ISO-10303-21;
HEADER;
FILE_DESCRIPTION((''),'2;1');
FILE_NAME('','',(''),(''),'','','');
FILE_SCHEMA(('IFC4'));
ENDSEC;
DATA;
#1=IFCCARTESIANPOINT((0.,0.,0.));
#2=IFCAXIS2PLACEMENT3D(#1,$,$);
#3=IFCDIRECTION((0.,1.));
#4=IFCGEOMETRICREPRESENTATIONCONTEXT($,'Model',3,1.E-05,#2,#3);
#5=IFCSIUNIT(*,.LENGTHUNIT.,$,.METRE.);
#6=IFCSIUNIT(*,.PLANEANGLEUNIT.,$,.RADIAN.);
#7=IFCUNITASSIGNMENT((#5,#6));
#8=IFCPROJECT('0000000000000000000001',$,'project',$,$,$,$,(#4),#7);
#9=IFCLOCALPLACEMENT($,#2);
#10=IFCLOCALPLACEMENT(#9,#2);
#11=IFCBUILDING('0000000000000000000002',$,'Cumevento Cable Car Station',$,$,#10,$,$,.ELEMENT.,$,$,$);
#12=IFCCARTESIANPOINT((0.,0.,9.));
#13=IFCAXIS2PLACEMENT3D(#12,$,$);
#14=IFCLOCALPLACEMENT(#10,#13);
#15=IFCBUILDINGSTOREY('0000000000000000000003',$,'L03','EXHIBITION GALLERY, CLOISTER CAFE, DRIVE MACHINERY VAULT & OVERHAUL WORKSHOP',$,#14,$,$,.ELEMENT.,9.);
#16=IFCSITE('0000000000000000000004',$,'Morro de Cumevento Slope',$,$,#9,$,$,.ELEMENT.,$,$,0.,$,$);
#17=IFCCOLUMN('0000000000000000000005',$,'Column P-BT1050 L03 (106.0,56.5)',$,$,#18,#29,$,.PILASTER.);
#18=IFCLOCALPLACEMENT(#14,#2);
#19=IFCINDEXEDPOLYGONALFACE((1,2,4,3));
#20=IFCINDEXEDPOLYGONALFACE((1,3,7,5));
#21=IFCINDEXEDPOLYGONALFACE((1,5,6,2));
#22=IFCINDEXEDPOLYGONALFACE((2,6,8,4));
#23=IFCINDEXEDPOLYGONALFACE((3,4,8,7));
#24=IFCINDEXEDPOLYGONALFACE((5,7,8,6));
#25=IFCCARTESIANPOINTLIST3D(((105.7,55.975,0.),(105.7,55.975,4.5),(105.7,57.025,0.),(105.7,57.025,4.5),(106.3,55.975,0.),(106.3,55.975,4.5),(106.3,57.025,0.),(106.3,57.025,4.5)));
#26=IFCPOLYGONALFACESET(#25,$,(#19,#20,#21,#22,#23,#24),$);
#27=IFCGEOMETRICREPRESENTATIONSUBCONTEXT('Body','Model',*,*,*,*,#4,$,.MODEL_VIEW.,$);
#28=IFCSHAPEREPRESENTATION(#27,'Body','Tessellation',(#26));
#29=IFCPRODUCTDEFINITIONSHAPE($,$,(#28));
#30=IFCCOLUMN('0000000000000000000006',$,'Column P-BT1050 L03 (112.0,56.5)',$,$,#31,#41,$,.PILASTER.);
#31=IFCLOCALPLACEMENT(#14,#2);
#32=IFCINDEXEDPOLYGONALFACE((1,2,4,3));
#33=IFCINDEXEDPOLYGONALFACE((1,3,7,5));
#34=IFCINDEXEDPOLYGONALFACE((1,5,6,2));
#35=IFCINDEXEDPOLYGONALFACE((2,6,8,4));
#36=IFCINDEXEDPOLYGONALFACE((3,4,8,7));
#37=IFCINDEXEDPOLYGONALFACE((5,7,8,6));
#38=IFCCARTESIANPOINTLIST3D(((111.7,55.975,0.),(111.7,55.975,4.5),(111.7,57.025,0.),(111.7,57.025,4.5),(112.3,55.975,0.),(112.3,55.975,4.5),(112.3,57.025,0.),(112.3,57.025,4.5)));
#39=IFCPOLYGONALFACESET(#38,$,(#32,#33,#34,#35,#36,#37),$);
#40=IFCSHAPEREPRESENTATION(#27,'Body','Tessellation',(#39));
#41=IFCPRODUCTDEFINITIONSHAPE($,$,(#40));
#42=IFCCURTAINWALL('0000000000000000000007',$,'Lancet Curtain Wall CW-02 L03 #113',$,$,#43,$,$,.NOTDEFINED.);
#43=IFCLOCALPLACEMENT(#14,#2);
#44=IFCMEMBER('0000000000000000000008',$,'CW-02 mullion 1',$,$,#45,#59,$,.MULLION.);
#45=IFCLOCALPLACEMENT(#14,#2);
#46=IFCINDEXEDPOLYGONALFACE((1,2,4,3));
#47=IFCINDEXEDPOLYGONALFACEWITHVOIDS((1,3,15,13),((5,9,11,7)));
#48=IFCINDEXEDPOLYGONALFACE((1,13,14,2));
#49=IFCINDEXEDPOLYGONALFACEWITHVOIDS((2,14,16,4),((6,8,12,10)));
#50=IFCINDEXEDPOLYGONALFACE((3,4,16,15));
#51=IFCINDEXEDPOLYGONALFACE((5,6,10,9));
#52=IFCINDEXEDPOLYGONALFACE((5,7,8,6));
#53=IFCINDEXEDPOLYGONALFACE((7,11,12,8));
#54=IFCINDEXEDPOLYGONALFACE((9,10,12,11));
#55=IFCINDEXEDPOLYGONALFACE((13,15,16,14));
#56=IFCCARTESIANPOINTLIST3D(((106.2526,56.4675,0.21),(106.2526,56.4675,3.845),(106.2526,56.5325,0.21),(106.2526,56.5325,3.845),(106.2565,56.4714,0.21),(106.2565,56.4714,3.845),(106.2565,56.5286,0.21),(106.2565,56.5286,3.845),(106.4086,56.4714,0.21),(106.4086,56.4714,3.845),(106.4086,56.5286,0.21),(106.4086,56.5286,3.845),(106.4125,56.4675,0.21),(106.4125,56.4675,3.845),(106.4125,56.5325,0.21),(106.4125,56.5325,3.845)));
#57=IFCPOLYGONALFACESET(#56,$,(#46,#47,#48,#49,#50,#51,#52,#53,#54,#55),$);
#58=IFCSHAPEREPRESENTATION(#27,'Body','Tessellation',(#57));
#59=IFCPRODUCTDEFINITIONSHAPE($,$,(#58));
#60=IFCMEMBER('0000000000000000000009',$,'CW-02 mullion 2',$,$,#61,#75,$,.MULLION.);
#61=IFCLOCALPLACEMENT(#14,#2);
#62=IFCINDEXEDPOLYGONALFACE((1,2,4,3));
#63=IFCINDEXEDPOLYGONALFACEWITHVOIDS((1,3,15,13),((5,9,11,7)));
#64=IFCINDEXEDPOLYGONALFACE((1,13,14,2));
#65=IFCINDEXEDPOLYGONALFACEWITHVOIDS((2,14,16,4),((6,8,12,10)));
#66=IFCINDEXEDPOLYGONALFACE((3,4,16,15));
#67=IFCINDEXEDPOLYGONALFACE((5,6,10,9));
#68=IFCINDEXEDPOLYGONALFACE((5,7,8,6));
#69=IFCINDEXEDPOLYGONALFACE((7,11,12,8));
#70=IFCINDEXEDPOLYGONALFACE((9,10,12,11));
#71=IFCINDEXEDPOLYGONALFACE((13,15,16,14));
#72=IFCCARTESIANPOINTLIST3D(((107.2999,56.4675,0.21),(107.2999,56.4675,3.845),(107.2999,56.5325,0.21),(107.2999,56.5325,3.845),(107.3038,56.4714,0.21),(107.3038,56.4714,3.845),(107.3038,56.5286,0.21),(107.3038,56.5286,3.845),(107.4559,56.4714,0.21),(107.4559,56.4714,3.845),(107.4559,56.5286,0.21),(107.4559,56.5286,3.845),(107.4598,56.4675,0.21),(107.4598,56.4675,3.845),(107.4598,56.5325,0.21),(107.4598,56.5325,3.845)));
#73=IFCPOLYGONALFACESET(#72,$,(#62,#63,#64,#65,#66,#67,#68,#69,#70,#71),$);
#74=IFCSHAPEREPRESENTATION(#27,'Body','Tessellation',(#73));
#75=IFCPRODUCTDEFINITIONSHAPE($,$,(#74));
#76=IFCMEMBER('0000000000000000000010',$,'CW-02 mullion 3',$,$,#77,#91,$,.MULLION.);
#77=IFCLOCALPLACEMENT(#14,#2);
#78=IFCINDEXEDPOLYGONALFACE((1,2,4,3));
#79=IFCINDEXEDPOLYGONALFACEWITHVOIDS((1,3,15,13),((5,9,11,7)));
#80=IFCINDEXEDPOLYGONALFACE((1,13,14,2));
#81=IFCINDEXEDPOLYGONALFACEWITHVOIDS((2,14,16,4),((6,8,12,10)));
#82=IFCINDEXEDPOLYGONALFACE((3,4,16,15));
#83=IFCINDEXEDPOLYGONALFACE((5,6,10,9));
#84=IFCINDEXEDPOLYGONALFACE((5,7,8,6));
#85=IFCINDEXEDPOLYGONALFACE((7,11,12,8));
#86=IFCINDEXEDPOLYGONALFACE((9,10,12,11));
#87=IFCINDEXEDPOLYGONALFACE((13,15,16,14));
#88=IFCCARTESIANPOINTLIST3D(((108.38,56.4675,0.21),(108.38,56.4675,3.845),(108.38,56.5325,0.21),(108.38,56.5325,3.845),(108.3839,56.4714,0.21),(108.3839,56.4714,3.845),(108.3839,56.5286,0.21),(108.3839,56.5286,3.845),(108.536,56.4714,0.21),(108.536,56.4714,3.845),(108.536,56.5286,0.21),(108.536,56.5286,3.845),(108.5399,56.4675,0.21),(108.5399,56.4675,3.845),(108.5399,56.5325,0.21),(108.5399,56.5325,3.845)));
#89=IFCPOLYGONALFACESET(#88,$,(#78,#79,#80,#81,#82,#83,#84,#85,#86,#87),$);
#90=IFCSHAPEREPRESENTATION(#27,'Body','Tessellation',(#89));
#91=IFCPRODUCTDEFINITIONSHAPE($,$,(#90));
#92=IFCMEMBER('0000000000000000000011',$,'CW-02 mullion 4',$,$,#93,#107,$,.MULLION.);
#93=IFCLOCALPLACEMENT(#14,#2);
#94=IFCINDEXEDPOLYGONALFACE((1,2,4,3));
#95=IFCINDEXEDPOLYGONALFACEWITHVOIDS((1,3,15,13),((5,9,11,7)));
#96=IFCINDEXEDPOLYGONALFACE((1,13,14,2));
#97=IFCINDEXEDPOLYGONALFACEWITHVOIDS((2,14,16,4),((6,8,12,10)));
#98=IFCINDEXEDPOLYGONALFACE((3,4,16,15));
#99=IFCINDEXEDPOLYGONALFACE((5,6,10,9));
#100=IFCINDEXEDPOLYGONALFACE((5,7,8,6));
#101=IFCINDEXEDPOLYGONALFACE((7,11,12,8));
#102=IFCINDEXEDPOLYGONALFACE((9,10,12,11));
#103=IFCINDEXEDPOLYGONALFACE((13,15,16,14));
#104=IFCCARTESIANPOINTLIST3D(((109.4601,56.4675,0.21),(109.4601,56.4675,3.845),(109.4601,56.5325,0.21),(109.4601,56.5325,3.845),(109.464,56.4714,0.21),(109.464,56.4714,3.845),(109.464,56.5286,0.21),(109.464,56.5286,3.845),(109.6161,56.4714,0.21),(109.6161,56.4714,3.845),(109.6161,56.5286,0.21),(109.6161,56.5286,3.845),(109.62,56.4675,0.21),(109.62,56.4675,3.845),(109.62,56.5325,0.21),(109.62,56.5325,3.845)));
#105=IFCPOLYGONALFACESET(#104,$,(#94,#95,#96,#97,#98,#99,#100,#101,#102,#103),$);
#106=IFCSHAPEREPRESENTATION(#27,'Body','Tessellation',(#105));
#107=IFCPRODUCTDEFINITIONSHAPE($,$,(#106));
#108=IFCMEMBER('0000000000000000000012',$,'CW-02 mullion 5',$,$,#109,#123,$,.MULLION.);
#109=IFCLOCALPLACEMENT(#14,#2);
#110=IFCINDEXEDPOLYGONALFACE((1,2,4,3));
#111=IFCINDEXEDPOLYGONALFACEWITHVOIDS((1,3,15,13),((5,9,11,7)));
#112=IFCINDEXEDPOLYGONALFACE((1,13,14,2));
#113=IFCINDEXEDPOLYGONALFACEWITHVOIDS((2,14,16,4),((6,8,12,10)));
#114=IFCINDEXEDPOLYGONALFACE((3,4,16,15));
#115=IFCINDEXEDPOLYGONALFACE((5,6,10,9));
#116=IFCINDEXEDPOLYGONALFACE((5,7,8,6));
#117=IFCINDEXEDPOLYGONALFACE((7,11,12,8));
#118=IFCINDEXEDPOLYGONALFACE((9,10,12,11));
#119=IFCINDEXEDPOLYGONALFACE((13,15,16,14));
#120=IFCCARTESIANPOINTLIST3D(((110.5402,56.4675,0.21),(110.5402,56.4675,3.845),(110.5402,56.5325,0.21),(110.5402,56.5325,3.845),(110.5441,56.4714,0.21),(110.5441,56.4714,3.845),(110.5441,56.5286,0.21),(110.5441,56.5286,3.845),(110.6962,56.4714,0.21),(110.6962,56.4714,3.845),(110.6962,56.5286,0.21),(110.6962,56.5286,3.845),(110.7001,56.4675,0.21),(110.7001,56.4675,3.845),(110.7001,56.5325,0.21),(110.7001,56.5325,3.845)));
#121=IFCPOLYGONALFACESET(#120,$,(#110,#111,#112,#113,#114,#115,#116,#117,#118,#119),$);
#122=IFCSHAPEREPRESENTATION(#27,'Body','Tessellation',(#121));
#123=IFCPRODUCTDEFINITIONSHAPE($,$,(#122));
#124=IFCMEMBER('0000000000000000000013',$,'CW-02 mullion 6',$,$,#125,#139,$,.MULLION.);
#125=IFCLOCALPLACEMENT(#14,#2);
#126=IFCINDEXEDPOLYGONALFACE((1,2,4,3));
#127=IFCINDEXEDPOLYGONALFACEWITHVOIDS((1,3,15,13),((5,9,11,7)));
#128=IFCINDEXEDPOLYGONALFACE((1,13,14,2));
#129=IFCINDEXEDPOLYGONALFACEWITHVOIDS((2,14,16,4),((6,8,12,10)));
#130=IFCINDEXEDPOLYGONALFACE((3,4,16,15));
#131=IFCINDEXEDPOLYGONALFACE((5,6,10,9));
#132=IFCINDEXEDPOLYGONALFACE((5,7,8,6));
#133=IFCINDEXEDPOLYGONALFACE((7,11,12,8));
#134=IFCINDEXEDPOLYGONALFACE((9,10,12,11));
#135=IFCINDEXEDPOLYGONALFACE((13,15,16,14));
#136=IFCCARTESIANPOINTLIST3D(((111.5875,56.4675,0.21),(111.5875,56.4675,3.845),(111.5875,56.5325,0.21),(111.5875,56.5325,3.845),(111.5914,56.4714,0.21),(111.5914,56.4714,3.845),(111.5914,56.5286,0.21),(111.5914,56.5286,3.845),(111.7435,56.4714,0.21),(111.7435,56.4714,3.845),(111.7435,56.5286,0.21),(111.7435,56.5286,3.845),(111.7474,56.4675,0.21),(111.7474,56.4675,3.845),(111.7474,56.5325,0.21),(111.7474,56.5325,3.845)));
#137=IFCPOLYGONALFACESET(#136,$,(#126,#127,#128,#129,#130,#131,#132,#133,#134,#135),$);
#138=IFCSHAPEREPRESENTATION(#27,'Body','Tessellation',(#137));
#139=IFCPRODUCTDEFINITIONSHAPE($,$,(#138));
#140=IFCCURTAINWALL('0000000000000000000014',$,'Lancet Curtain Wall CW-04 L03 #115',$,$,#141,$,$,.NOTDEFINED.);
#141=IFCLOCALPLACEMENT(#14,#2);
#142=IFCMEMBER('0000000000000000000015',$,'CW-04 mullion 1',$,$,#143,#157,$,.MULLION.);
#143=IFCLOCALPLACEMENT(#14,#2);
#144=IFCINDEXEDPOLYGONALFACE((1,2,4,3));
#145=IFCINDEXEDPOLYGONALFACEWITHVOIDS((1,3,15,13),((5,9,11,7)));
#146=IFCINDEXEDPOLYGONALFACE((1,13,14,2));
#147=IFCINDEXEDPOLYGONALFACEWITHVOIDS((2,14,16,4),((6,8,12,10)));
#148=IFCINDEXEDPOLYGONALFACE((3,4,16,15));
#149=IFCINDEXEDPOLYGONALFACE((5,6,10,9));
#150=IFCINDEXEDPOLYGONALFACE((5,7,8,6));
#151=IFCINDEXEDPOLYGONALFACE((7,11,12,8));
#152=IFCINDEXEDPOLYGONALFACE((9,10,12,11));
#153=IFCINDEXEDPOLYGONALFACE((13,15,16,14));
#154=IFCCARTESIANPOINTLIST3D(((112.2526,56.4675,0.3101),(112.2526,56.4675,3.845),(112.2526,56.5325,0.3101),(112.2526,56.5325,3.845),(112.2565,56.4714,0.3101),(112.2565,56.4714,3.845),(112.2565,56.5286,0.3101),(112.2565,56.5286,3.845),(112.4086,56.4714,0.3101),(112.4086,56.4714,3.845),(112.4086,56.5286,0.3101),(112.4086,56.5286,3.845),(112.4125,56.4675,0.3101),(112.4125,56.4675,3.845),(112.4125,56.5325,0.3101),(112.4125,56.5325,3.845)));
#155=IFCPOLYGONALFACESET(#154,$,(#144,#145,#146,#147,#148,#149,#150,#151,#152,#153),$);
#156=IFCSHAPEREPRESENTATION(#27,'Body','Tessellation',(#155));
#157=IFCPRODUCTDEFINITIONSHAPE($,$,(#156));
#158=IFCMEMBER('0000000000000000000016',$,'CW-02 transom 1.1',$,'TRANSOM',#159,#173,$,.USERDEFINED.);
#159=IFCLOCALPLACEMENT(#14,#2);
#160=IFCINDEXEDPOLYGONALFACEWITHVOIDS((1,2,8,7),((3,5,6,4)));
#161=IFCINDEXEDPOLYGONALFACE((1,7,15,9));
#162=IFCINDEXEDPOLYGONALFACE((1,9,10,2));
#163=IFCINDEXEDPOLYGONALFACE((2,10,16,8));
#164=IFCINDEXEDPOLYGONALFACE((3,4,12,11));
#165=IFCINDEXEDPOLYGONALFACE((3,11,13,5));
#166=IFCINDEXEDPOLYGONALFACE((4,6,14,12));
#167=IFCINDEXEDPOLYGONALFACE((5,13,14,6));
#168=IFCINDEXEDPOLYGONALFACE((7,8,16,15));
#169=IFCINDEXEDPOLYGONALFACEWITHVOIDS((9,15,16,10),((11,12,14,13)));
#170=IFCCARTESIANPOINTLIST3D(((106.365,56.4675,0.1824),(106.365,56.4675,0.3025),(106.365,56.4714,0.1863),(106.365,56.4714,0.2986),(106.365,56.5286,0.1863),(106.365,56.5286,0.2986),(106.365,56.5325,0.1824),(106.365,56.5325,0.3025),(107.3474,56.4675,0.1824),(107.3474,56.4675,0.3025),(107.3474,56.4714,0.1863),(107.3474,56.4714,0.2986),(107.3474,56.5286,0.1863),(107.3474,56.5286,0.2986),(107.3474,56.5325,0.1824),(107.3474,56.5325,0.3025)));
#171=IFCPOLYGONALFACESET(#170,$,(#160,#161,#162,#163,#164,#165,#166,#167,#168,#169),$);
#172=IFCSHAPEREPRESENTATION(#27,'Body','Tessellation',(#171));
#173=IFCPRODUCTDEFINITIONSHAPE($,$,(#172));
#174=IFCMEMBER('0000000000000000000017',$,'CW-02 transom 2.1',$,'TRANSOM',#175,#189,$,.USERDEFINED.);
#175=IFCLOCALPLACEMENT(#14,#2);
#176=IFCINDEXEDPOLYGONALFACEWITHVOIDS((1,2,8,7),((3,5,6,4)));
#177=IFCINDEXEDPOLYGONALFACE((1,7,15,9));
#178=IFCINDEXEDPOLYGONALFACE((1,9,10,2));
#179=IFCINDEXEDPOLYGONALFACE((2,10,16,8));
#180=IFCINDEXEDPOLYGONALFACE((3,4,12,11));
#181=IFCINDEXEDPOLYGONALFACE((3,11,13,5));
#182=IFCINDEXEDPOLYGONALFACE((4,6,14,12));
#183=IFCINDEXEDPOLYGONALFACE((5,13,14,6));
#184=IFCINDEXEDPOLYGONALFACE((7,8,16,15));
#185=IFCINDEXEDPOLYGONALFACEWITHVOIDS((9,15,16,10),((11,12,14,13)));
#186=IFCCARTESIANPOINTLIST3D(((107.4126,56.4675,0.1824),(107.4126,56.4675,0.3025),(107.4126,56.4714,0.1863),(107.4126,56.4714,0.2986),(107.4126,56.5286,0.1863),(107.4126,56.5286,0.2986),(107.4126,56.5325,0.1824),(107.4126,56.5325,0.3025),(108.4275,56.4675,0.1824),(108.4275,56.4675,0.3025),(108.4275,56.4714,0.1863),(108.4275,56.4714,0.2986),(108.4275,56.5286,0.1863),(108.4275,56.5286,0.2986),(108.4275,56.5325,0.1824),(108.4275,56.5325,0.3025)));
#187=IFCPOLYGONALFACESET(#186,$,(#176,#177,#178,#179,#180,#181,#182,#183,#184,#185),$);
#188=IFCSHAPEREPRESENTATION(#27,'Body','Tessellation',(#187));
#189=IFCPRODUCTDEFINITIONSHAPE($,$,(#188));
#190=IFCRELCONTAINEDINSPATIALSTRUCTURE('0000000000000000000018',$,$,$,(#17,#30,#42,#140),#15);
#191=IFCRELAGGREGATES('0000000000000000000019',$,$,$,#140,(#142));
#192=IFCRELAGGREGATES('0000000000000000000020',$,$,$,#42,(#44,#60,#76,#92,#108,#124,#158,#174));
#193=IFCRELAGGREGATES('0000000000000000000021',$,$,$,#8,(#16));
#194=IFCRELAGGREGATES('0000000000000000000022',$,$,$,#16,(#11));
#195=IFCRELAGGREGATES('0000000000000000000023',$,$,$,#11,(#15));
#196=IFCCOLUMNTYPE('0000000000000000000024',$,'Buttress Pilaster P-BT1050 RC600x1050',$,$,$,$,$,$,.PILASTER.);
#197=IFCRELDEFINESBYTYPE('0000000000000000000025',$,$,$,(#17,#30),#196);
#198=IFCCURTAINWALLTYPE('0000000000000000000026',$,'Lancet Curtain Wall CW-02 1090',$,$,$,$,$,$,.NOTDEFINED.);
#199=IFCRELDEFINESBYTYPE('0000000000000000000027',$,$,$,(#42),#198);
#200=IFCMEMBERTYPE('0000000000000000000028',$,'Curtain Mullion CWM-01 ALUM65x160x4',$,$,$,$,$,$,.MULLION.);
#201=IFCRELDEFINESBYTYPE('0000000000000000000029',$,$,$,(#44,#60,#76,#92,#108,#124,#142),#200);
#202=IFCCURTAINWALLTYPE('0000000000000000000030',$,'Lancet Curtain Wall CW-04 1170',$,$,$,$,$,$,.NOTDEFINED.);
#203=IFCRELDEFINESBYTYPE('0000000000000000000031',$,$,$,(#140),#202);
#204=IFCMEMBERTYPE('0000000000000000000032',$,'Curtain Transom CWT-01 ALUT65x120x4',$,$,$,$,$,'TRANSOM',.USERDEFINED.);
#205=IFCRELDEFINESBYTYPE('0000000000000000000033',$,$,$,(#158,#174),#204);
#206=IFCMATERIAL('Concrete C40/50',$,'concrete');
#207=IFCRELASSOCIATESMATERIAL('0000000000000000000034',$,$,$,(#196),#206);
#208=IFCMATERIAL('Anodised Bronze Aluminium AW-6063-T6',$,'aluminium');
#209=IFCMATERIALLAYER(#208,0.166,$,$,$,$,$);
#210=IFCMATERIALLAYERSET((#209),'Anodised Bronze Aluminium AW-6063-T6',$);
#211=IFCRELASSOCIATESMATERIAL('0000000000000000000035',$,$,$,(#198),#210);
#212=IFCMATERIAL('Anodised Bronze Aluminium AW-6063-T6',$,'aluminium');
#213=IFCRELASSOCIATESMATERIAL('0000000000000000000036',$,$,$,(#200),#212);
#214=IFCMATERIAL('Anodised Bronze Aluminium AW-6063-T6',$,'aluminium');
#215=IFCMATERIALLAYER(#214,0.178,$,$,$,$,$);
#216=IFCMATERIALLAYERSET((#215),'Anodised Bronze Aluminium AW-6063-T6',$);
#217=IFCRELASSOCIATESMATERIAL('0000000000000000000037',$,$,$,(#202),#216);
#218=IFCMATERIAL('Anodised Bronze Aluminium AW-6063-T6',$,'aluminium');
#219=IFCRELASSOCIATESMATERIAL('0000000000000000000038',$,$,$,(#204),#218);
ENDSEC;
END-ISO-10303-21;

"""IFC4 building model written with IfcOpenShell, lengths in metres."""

from ifc_helpers import new_model, si_unit, direction, frame, origin, origin_2d, place, context, subcontext, project, spatial, rectangle, hollow_rectangle, extrude, material, layer, layer_set, material_profile, profile_set, type_object, element, aggregate, save


model = new_model("IFC4")

# Units and contexts
model_context = context("Model", 3, precision=1e-05, world=origin(), true_north=direction((0.0, 1.0)))
body_context = subcontext(model_context, "Body", "Model", "MODEL_VIEW")
ifc_project = project(units=[si_unit("LENGTHUNIT", "METRE"), si_unit("PLANEANGLEUNIT", "RADIAN")], contexts=[model_context])

# Site, building, storey
site_placement = place(None, origin())
site = spatial("IfcSite", under=ifc_project, at=site_placement, Name="Morro de Cumevento Slope", CompositionType="ELEMENT", RefElevation=0.0)
building_placement = place(site_placement, origin())
building = spatial("IfcBuilding", under=site, at=building_placement, Name="Cumevento Cable Car Station", CompositionType="ELEMENT")
storey_placement = place(building_placement, frame((0.0, 0.0, 9.0)))
storey = spatial("IfcBuildingStorey", under=building, at=storey_placement, Name="L03", Description="EXHIBITION GALLERY, CLOISTER CAFE, DRIVE MACHINERY VAULT & OVERHAUL WORKSHOP", CompositionType="ELEMENT", Elevation=9.0)

# Columns
ifc_material_1 = material(Name="Concrete C40/50", Category="concrete")
ifc_material_profile_1 = material_profile(ifc_material_1, rectangle(XDim=0.6001, YDim=1.05, at=origin_2d()), Name="RC600x1050")
ifc_profile_set_1 = profile_set([ifc_material_profile_1], Name="Concrete C40/50")
column_type = type_object("IfcColumnType", Name="Buttress Pilaster P-BT1050 RC600x1050", PredefinedType="PILASTER", material=ifc_profile_set_1)
for number, where, z_axis, x_axis, name in (
    (1, (106.0, 56.5, 0.0), (0.0, 0.0, 1.0), (1.0, 0.0, 0.0), "Column P-BT1050 L03 (106.0,56.5)"),
    (2, (112.0, 56.5, 0.0), (0.0, 0.0, 1.0), (1.0, 0.0, 0.0), "Column P-BT1050 L03 (112.0,56.5)"),
):
    element("IfcColumn", number, at=place(storey_placement, frame(where, z_axis=z_axis, x_axis=x_axis)), inside=storey, type_object=column_type, Name=name, PredefinedType="PILASTER", context=body_context, shape_type="SweptSolid", body=[
        extrude(rectangle(XDim=0.6001, YDim=1.05, at=origin_2d()), origin(), (0.0, 0.0, 1.0), 4.5),
    ])

# Curtain wall, members
ifc_material_2 = material(Name="Anodised Bronze Aluminium AW-6063-T6", Category="aluminium")
ifc_layer_1 = layer(ifc_material_2, 0.166)
ifc_layer_set_1 = layer_set([ifc_layer_1], Name="Anodised Bronze Aluminium AW-6063-T6")
curtain_wall_type_1 = type_object("IfcCurtainWallType", Name="Lancet Curtain Wall CW-02 1090", PredefinedType="NOTDEFINED", material=ifc_layer_set_1)
curtain_wall_1_placement = place(storey_placement, origin())
curtain_wall_1 = element("IfcCurtainWall", 3, at=curtain_wall_1_placement, inside=storey, type_object=curtain_wall_type_1, Name="Lancet Curtain Wall CW-02 L03 #113", PredefinedType="NOTDEFINED")
ifc_material_3 = material(Name="Anodised Bronze Aluminium AW-6063-T6", Category="aluminium")
ifc_material_profile_2 = material_profile(ifc_material_3, hollow_rectangle(XDim=0.0649, YDim=0.1599, WallThickness=0.0039, at=origin_2d()), Name="ALUM65x160x4")
ifc_profile_set_2 = profile_set([ifc_material_profile_2], Name="Anodised Bronze Aluminium AW-6063-T6")
member_type_1 = type_object("IfcMemberType", Name="Curtain Mullion CWM-01 ALUM65x160x4", PredefinedType="MULLION", material=ifc_profile_set_2)
member_1_placement = place(storey_placement, frame((106.3325, 56.5, 0.21), z_axis=(0.0, 0.0, 1.0), x_axis=(0.0, 1.0, 0.0)))
member_1 = element("IfcMember", 4, at=member_1_placement, type_object=member_type_1, Name="CW-02 mullion 1", PredefinedType="MULLION", context=body_context, shape_type="SweptSolid", body=[
    extrude(hollow_rectangle(XDim=0.0649, YDim=0.1599, WallThickness=0.0039, at=origin_2d()), origin(), (0.0, 0.0, 1.0), 3.635),
])
member_2_placement = place(storey_placement, frame((107.3799, 56.5, 0.21), z_axis=(0.0, 0.0, 1.0), x_axis=(0.0, 1.0, 0.0)))
member_2 = element("IfcMember", 5, at=member_2_placement, type_object=member_type_1, Name="CW-02 mullion 2", PredefinedType="MULLION", context=body_context, shape_type="SweptSolid", body=[
    extrude(hollow_rectangle(XDim=0.0649, YDim=0.1599, WallThickness=0.0039, at=origin_2d()), origin(), (0.0, 0.0, 1.0), 3.635),
])
member_3_placement = place(storey_placement, frame((108.46, 56.5, 0.21), z_axis=(0.0, 0.0, 1.0), x_axis=(0.0, 1.0, 0.0)))
member_3 = element("IfcMember", 6, at=member_3_placement, type_object=member_type_1, Name="CW-02 mullion 3", PredefinedType="MULLION", context=body_context, shape_type="SweptSolid", body=[
    extrude(hollow_rectangle(XDim=0.0649, YDim=0.1599, WallThickness=0.0039, at=origin_2d()), origin(), (0.0, 0.0, 1.0), 3.635),
])
member_4_placement = place(storey_placement, frame((109.54, 56.5, 0.21), z_axis=(0.0, 0.0, 1.0), x_axis=(0.0, 1.0, 0.0)))
member_4 = element("IfcMember", 7, at=member_4_placement, type_object=member_type_1, Name="CW-02 mullion 4", PredefinedType="MULLION", context=body_context, shape_type="SweptSolid", body=[
    extrude(hollow_rectangle(XDim=0.0649, YDim=0.1599, WallThickness=0.0039, at=origin_2d()), origin(), (0.0, 0.0, 1.0), 3.635),
])
member_5_placement = place(storey_placement, frame((110.6201, 56.5, 0.21), z_axis=(0.0, 0.0, 1.0), x_axis=(0.0, 1.0, 0.0)))
member_5 = element("IfcMember", 8, at=member_5_placement, type_object=member_type_1, Name="CW-02 mullion 5", PredefinedType="MULLION", context=body_context, shape_type="SweptSolid", body=[
    extrude(hollow_rectangle(XDim=0.0649, YDim=0.1599, WallThickness=0.0039, at=origin_2d()), origin(), (0.0, 0.0, 1.0), 3.635),
])
member_6_placement = place(storey_placement, frame((111.6675, 56.5, 0.21), z_axis=(0.0, 0.0, 1.0), x_axis=(0.0, 1.0, 0.0)))
member_6 = element("IfcMember", 9, at=member_6_placement, type_object=member_type_1, Name="CW-02 mullion 6", PredefinedType="MULLION", context=body_context, shape_type="SweptSolid", body=[
    extrude(hollow_rectangle(XDim=0.0649, YDim=0.1599, WallThickness=0.0039, at=origin_2d()), origin(), (0.0, 0.0, 1.0), 3.635),
])

# Curtain wall, member
ifc_material_4 = material(Name="Anodised Bronze Aluminium AW-6063-T6", Category="aluminium")
ifc_layer_2 = layer(ifc_material_4, 0.178)
ifc_layer_set_2 = layer_set([ifc_layer_2], Name="Anodised Bronze Aluminium AW-6063-T6")
curtain_wall_type_2 = type_object("IfcCurtainWallType", Name="Lancet Curtain Wall CW-04 1170", PredefinedType="NOTDEFINED", material=ifc_layer_set_2)
curtain_wall_2_placement = place(storey_placement, origin())
curtain_wall_2 = element("IfcCurtainWall", 10, at=curtain_wall_2_placement, inside=storey, type_object=curtain_wall_type_2, Name="Lancet Curtain Wall CW-04 L03 #115", PredefinedType="NOTDEFINED")
member_7_placement = place(storey_placement, frame((112.3325, 56.5, 0.3101), z_axis=(0.0, 0.0, 1.0), x_axis=(0.0, 1.0, 0.0)))
member_7 = element("IfcMember", 11, at=member_7_placement, type_object=member_type_1, Name="CW-04 mullion 1", PredefinedType="MULLION", context=body_context, shape_type="SweptSolid", body=[
    extrude(hollow_rectangle(XDim=0.0649, YDim=0.1599, WallThickness=0.0039, at=origin_2d()), origin(), (0.0, 0.0, 1.0), 3.5349),
])

# Members
ifc_material_5 = material(Name="Anodised Bronze Aluminium AW-6063-T6", Category="aluminium")
ifc_material_profile_3 = material_profile(ifc_material_5, hollow_rectangle(XDim=0.0649, YDim=0.1201, WallThickness=0.0039, at=origin_2d()), Name="ALUT65x120x4")
ifc_profile_set_3 = profile_set([ifc_material_profile_3], Name="Anodised Bronze Aluminium AW-6063-T6")
member_type_2 = type_object("IfcMemberType", Name="Curtain Transom CWT-01 ALUT65x120x4", ElementType="TRANSOM", PredefinedType="USERDEFINED", material=ifc_profile_set_3)
member_8_placement = place(storey_placement, frame((106.365, 56.5, 0.2424), z_axis=(1.0, 0.0, 0.0), x_axis=(0.0, 1.0, 0.0)))
member_8 = element("IfcMember", 12, at=member_8_placement, type_object=member_type_2, Name="CW-02 transom 1.1", ObjectType="TRANSOM", PredefinedType="USERDEFINED", context=body_context, shape_type="SweptSolid", body=[
    extrude(hollow_rectangle(XDim=0.0649, YDim=0.1201, WallThickness=0.0039, at=origin_2d()), origin(), (0.0, 0.0, 1.0), 0.9824),
])
member_9_placement = place(storey_placement, frame((107.4126, 56.5, 0.2424), z_axis=(1.0, 0.0, 0.0), x_axis=(0.0, 1.0, 0.0)))
member_9 = element("IfcMember", 13, at=member_9_placement, type_object=member_type_2, Name="CW-02 transom 2.1", ObjectType="TRANSOM", PredefinedType="USERDEFINED", context=body_context, shape_type="SweptSolid", body=[
    extrude(hollow_rectangle(XDim=0.0649, YDim=0.1201, WallThickness=0.0039, at=origin_2d()), origin(), (0.0, 0.0, 1.0), 1.0149),
])
aggregate(curtain_wall_2, [member_7])

aggregate(curtain_wall_1, [member_1, member_2, member_3, member_4, member_5, member_6, member_8, member_9])

save(model, "model.ifc")
